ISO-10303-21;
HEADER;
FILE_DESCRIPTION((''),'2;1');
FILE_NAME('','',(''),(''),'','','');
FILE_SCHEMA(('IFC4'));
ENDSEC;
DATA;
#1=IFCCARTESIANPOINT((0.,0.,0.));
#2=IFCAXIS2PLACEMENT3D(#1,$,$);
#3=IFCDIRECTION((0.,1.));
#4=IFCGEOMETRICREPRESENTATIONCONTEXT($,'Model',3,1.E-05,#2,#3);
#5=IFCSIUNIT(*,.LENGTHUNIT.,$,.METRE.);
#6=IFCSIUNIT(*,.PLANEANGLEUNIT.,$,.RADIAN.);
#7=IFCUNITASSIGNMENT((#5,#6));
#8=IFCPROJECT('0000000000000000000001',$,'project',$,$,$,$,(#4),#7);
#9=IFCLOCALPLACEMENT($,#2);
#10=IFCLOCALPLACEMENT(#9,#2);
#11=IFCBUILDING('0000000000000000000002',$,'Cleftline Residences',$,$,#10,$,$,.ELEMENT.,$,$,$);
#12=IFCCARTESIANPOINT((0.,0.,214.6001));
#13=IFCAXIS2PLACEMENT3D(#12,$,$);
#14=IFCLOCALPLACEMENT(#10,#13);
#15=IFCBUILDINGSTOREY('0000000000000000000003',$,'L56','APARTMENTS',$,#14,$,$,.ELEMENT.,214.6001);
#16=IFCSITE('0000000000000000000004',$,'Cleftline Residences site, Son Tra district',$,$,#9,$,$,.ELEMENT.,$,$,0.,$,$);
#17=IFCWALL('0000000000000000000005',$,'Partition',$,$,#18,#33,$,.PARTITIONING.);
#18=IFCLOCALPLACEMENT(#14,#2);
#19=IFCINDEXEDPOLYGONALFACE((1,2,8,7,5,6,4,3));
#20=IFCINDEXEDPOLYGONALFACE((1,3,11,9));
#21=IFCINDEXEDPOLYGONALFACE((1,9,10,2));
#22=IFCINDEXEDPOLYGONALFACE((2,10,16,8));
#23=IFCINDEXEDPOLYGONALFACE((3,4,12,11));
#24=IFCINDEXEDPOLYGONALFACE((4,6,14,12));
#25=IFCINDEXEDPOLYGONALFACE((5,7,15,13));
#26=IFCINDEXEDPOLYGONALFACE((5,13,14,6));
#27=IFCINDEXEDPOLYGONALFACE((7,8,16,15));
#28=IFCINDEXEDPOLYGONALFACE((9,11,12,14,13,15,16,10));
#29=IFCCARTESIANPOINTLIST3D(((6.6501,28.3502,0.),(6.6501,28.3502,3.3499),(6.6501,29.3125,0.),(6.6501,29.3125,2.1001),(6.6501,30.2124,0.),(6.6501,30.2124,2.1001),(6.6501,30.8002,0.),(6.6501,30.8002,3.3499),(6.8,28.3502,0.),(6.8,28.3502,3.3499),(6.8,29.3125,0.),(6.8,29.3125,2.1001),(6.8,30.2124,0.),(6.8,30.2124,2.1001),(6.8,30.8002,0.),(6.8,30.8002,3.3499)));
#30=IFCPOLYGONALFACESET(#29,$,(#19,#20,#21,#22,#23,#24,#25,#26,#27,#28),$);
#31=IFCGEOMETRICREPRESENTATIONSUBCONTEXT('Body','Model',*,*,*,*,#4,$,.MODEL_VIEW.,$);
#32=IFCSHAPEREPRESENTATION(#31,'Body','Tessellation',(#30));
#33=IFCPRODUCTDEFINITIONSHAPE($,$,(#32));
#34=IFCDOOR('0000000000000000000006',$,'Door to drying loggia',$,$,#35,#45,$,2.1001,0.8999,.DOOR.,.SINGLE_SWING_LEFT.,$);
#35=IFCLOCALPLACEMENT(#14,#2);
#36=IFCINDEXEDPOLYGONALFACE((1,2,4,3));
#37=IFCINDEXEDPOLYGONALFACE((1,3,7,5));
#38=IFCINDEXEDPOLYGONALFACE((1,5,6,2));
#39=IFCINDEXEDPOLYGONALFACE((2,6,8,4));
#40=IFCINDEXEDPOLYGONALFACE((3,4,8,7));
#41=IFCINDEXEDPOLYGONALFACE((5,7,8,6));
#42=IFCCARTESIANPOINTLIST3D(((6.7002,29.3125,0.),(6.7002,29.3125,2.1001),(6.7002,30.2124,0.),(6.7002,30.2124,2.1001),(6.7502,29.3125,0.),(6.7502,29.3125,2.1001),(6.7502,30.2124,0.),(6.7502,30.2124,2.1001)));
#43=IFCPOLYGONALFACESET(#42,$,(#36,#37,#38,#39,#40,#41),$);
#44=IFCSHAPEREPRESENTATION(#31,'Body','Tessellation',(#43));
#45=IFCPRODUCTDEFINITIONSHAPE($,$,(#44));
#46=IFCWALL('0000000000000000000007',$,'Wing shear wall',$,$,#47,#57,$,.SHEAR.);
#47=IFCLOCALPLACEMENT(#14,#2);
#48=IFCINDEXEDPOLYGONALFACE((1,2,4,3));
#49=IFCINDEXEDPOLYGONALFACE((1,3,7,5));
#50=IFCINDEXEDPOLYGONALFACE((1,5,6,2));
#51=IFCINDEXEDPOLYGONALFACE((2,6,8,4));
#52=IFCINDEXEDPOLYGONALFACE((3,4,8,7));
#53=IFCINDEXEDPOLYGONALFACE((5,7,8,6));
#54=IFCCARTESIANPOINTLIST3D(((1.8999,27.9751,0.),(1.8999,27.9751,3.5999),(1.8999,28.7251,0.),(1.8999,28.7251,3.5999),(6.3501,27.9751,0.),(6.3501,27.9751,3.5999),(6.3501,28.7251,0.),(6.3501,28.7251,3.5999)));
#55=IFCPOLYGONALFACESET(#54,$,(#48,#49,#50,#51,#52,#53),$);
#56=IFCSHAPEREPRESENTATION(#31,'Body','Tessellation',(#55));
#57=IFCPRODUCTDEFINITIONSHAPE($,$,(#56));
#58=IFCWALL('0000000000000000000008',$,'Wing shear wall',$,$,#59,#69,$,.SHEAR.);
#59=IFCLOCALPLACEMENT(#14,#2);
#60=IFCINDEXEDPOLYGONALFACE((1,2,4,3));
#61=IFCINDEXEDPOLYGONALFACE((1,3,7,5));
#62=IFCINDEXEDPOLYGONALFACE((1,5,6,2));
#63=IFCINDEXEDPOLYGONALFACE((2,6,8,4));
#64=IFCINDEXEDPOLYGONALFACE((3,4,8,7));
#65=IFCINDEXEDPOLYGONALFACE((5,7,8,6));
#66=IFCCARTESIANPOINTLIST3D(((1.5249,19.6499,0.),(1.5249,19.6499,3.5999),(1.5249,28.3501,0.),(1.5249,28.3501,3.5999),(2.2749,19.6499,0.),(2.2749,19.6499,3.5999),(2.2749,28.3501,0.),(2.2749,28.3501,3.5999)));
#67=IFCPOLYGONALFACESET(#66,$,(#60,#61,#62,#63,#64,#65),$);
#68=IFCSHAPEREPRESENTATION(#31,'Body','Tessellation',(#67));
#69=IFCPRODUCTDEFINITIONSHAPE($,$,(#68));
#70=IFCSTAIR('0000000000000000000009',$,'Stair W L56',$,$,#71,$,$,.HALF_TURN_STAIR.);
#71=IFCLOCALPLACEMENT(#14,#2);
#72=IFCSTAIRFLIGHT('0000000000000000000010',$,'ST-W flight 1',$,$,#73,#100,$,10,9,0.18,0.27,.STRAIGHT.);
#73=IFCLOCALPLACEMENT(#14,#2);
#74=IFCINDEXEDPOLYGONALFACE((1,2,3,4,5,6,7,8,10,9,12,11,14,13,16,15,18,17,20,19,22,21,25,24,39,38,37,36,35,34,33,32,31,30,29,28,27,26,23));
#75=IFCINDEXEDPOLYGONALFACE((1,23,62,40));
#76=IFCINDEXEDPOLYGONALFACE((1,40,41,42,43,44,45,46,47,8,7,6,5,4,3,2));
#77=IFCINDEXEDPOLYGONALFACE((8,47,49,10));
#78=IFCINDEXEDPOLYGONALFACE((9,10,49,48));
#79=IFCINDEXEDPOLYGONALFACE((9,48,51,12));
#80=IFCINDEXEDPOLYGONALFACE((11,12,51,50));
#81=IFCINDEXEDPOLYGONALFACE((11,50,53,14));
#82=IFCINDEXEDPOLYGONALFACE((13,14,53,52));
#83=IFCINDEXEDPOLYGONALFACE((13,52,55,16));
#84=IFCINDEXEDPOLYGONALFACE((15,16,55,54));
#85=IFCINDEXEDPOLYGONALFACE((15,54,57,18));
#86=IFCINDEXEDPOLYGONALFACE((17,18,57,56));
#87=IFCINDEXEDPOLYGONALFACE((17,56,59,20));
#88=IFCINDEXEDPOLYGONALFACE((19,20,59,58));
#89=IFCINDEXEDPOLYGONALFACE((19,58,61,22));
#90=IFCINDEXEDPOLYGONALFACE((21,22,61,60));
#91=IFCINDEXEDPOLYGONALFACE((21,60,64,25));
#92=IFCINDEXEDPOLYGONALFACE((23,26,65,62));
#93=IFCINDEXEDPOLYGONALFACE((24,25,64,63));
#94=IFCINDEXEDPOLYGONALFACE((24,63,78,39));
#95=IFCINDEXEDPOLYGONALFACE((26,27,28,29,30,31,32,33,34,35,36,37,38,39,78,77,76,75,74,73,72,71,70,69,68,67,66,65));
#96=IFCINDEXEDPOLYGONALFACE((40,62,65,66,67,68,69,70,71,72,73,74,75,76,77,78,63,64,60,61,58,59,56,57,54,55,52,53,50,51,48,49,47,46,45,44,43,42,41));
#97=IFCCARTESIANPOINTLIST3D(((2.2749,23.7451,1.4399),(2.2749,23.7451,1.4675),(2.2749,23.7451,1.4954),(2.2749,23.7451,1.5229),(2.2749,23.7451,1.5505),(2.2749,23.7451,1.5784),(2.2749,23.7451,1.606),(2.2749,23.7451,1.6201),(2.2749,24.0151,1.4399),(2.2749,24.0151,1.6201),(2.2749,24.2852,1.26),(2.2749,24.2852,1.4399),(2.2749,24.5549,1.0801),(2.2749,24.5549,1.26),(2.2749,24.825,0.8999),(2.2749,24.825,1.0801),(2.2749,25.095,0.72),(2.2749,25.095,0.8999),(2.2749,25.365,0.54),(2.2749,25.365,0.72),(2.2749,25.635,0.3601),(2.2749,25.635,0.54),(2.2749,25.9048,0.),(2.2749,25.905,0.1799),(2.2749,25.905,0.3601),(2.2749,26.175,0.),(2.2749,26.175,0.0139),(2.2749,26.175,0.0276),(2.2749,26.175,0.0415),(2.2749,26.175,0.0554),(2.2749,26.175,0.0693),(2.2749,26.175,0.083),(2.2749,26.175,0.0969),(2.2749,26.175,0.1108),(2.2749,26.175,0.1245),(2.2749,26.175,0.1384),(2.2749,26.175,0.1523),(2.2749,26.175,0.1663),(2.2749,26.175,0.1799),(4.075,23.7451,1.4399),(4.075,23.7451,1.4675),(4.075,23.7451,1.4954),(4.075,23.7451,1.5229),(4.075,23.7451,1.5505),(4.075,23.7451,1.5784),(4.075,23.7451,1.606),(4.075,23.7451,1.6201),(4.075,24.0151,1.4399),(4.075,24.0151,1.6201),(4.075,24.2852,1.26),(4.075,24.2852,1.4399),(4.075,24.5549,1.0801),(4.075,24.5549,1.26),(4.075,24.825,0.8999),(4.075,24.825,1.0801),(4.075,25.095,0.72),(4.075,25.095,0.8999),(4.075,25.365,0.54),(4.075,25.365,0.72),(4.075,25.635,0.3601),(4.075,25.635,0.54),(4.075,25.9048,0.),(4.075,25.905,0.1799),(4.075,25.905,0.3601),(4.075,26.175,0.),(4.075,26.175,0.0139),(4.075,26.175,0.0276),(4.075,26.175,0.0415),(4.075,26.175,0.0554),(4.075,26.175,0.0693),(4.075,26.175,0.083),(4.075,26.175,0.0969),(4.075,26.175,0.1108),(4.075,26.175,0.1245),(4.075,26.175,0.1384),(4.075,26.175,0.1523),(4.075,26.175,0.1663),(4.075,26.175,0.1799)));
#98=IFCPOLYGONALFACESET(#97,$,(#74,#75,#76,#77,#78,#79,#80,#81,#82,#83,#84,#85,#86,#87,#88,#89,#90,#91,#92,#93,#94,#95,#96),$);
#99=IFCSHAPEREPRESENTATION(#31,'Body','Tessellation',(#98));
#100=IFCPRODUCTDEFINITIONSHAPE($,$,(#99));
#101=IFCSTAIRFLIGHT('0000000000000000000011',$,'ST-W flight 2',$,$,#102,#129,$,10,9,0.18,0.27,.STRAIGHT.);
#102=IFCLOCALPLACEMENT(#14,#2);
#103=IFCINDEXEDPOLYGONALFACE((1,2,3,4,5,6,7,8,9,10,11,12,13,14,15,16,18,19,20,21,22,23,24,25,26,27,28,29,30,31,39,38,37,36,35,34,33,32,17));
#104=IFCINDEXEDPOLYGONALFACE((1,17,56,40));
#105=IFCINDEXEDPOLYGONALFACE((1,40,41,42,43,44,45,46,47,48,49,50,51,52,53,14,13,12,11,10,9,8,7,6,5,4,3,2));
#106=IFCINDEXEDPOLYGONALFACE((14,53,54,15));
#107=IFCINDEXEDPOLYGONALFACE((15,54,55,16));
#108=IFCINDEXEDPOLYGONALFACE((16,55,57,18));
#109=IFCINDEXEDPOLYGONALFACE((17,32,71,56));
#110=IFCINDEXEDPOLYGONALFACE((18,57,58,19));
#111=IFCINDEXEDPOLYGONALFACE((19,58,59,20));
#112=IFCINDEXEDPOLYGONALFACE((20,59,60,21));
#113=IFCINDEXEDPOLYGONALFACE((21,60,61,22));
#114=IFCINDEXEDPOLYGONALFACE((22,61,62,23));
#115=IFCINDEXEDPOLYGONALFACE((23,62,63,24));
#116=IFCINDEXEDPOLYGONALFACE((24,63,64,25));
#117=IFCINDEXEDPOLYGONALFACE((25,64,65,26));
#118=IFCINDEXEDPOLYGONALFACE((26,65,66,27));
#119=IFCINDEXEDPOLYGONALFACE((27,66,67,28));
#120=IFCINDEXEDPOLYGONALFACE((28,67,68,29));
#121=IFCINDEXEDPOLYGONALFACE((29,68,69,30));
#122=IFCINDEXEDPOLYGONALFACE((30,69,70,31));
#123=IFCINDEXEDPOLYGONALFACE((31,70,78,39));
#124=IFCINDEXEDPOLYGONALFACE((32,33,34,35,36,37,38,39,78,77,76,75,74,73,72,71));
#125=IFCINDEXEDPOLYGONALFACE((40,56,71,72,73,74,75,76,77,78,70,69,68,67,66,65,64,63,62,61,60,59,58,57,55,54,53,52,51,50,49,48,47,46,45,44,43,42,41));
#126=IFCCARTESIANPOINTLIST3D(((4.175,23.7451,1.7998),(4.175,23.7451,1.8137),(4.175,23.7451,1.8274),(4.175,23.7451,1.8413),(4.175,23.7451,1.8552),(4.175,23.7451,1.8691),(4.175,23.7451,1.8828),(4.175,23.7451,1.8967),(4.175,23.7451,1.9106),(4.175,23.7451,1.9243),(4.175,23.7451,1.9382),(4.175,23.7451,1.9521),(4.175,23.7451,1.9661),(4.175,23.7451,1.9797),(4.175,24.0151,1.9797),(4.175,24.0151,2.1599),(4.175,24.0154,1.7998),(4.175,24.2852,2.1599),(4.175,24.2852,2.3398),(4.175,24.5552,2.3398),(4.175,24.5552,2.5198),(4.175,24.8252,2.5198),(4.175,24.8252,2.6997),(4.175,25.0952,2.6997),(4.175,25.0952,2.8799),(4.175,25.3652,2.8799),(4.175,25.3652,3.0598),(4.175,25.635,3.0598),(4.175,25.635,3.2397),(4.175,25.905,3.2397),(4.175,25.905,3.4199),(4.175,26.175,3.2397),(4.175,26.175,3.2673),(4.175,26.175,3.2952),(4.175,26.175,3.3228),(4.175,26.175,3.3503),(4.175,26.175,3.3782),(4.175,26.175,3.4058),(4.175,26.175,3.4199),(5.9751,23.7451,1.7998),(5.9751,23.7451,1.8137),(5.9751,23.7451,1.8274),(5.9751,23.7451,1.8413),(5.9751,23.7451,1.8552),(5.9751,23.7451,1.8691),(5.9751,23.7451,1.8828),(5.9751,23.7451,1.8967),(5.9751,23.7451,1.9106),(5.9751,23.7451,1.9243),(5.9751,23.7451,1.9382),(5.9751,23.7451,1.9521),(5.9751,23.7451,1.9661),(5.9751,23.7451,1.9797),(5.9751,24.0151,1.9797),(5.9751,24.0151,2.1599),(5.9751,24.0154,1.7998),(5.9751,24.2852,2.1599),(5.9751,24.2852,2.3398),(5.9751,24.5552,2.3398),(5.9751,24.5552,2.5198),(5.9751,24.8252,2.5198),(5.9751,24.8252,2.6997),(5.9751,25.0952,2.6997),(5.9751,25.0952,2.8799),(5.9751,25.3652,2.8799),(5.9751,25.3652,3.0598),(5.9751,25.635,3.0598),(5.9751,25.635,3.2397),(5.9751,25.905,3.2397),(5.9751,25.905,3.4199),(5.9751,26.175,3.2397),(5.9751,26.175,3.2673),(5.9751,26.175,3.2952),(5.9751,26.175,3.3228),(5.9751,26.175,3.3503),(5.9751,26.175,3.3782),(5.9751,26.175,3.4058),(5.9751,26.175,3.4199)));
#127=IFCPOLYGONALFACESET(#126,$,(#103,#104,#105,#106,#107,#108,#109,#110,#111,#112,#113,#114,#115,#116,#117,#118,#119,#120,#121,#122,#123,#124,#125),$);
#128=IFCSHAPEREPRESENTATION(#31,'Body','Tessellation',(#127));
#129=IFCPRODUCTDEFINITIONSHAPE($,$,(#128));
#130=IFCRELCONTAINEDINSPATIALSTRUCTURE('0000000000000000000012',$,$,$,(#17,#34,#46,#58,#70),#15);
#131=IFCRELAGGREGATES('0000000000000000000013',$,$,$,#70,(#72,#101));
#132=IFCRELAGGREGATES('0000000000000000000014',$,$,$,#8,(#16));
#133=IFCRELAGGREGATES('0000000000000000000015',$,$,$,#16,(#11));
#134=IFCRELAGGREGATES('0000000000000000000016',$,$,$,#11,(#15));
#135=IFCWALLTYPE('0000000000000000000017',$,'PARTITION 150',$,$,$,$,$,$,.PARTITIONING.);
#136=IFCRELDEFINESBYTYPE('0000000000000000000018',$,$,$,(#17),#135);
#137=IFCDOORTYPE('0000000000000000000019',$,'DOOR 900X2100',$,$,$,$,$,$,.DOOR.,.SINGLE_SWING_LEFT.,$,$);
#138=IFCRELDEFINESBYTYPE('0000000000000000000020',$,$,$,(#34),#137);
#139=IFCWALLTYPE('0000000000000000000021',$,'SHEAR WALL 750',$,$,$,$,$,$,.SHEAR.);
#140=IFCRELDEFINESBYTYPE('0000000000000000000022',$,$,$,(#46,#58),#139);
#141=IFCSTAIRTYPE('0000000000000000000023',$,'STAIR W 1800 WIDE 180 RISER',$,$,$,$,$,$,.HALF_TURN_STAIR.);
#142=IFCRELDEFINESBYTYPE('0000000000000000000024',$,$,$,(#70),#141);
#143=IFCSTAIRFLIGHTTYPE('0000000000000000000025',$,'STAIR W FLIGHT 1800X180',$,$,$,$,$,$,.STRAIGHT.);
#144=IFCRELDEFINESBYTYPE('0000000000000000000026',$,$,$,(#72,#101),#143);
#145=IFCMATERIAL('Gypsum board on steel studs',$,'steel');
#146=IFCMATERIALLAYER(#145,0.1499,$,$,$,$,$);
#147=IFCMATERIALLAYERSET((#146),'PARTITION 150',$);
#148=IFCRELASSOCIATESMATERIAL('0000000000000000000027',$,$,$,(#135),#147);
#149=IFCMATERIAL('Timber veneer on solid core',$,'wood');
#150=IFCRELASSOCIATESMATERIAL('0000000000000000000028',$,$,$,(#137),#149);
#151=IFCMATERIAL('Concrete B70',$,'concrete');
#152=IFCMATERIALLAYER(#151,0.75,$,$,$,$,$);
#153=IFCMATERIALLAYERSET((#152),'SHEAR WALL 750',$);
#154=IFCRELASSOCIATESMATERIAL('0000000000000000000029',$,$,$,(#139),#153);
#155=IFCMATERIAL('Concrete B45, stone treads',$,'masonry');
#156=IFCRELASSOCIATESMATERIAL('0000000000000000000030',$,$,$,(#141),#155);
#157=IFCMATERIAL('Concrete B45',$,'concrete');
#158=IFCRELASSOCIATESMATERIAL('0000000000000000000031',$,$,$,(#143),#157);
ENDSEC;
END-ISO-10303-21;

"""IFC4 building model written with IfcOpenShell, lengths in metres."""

from ifc_helpers import new_model, si_unit, direction, frame, frame_2d, origin, place, context, subcontext, project, spatial, polyline, rectangle, outline, extrude, material, layer, layer_set, type_object, element, fill, aggregate, save


model = new_model("IFC4")

# Units and contexts
model_context = context("Model", 3, precision=1e-05, world=origin(), true_north=direction((0.0, 1.0)))
body_context = subcontext(model_context, "Body", "Model", "MODEL_VIEW")
ifc_project = project(units=[si_unit("LENGTHUNIT", "METRE"), si_unit("PLANEANGLEUNIT", "RADIAN")], contexts=[model_context])

# Site, building, storey
site_placement = place(None, origin())
site = spatial("IfcSite", under=ifc_project, at=site_placement, Name="Cleftline Residences site, Son Tra district", CompositionType="ELEMENT", RefElevation=0.0)
building_placement = place(site_placement, origin())
building = spatial("IfcBuilding", under=site, at=building_placement, Name="Cleftline Residences", CompositionType="ELEMENT")
storey_placement = place(building_placement, frame((0.0, 0.0, 214.6001)))
storey = spatial("IfcBuildingStorey", under=building, at=storey_placement, Name="L56", Description="APARTMENTS", CompositionType="ELEMENT", Elevation=214.6001)

# Wall, opening, door
ifc_material_1 = material(Name="Gypsum board on steel studs", Category="steel")
ifc_layer_1 = layer(ifc_material_1, 0.1499)
ifc_layer_set_1 = layer_set([ifc_layer_1], Name="PARTITION 150")
wall_type_1 = type_object("IfcWallType", Name="PARTITION 150", PredefinedType="PARTITIONING", material=ifc_layer_set_1)
wall_1_placement = place(storey_placement, frame((6.7251, 28.3501, 0.0), z_axis=(0.0, 0.0, 1.0), x_axis=(0.0, 1.0, 0.0)))
wall_1 = element("IfcWall", 1, at=wall_1_placement, inside=storey, type_object=wall_type_1, Name="Partition", PredefinedType="PARTITIONING", context=body_context, shape_type="SweptSolid", body=[
    extrude(rectangle(XDim=2.45, YDim=0.1499, at=frame_2d((1.2251, 0.0))), origin(), (0.0, 0.0, 1.0), 3.3499),
])
opening_1_placement = place(wall_1_placement, frame((0.9624, 0.0, 0.0)))
opening_1 = element("IfcOpeningElement", 2, at=opening_1_placement, cuts=wall_1, PredefinedType="OPENING", context=body_context, shape_type="SweptSolid", body=[
    extrude(rectangle(XDim=0.8999, YDim=2.1001, at=frame_2d((0.45, 1.05))), frame((0.0, 0.085, 0.0), z_axis=(0.0, -1.0, 0.0), x_axis=(1.0, 0.0, 0.0)), (0.0, 0.0, 1.0), 0.1699),
])
ifc_material_2 = material(Name="Timber veneer on solid core", Category="wood")
door_type_1 = type_object("IfcDoorType", Name="DOOR 900X2100", OperationType="SINGLE_SWING_LEFT", PredefinedType="DOOR", material=ifc_material_2)
door_1_placement = place(opening_1_placement, origin())
door_1 = element("IfcDoor", 3, at=door_1_placement, inside=storey, type_object=door_type_1, Name="Door to drying loggia", OperationType="SINGLE_SWING_LEFT", OverallHeight=2.1001, OverallWidth=0.8999, PredefinedType="DOOR", context=body_context, shape_type="SweptSolid", body=[
    extrude(rectangle(XDim=0.8999, YDim=2.1001, at=frame_2d((0.45, 1.05))), frame((0.0, 0.0249, 0.0), z_axis=(0.0, -1.0, 0.0), x_axis=(1.0, 0.0, 0.0)), (0.0, 0.0, 1.0), 0.05),
])
fill(opening_1, door_1)

# Walls
ifc_material_3 = material(Name="Concrete B70", Category="concrete")
ifc_layer_2 = layer(ifc_material_3, 0.75)
ifc_layer_set_2 = layer_set([ifc_layer_2], Name="SHEAR WALL 750")
wall_type_2 = type_object("IfcWallType", Name="SHEAR WALL 750", PredefinedType="SHEAR", material=ifc_layer_set_2)
wall_2_placement = place(storey_placement, frame((6.3501, 28.3501, 0.0), z_axis=(0.0, 0.0, 1.0), x_axis=(-1.0, 0.0, 0.0)))
element("IfcWall", 4, at=wall_2_placement, inside=storey, type_object=wall_type_2, Name="Wing shear wall", PredefinedType="SHEAR", context=body_context, shape_type="SweptSolid", body=[
    extrude(rectangle(XDim=4.4502, YDim=0.75, at=frame_2d((2.2251, 0.0))), origin(), (0.0, 0.0, 1.0), 3.5999),
])
wall_3_placement = place(storey_placement, frame((1.8999, 28.3501, 0.0), z_axis=(0.0, 0.0, 1.0), x_axis=(0.0, -1.0, 0.0)))
element("IfcWall", 5, at=wall_3_placement, inside=storey, type_object=wall_type_2, Name="Wing shear wall", PredefinedType="SHEAR", context=body_context, shape_type="SweptSolid", body=[
    extrude(rectangle(XDim=8.7002, YDim=0.75, at=frame_2d((4.3501, 0.0))), origin(), (0.0, 0.0, 1.0), 3.5999),
])

# Stair, stair flights
ifc_material_4 = material(Name="Concrete B45, stone treads", Category="masonry")
stair_type = type_object("IfcStairType", Name="STAIR W 1800 WIDE 180 RISER", PredefinedType="HALF_TURN_STAIR", material=ifc_material_4)
stair_placement = place(storey_placement, origin())
stair = element("IfcStair", 6, at=stair_placement, inside=storey, type_object=stair_type, Name="Stair W L56", PredefinedType="HALF_TURN_STAIR")
ifc_material_5 = material(Name="Concrete B45", Category="concrete")
stair_flight_type = type_object("IfcStairFlightType", Name="STAIR W FLIGHT 1800X180", PredefinedType="STRAIGHT", material=ifc_material_5)
stair_flight_1_placement = place(storey_placement, frame((3.175, 26.175, 0.0), z_axis=(0.0, 0.0, 1.0), x_axis=(0.0, -1.0, 0.0)))
stair_flight_1 = element("IfcStairFlight", 7, at=stair_flight_1_placement, type_object=stair_flight_type, Name="ST-W flight 1", NumberOfRisers=10, NumberOfTreads=9, PredefinedType="STRAIGHT", RiserHeight=0.18, TreadLength=0.27, context=body_context, shape_type="SweptSolid", body=[
    extrude(outline(polyline([(0.0, 0.0), (0.0, 0.0139), (0.0, 0.0276), (0.0, 0.0415), (0.0, 0.0554), (0.0, 0.0693), (0.0, 0.083), (0.0, 0.0969), (0.0, 0.1108), (0.0, 0.1245), (0.0, 0.1384), (0.0, 0.1523), (0.0, 0.1663), (0.0, 0.1799), (0.27, 0.1799), (0.27, 0.3601), (0.54, 0.3601), (0.54, 0.54), (0.8101, 0.54), (0.8101, 0.72), (1.0801, 0.72), (1.0801, 0.8999), (1.3501, 0.8999), (1.3501, 1.0801), (1.6201, 1.0801), (1.6201, 1.26), (1.8899, 1.26), (1.8899, 1.4399), (2.1599, 1.4399), (2.1599, 1.6201), (2.4299, 1.6201), (2.4299, 1.8), (2.4299, 1.7722), (2.4299, 1.7446), (2.4299, 1.7168), (2.4299, 1.6892), (2.4299, 1.6614), (2.4299, 1.6338), (2.4299, 1.606), (2.4299, 1.5784), (2.4299, 1.5505), (2.4299, 1.5229), (2.4299, 1.4954), (2.4299, 1.4675), (2.4299, 1.4399), (0.2703, 0.0), (0.0, 0.0)])), frame((0.0, 0.8999, 0.0), z_axis=(0.0, -1.0, 0.0), x_axis=(1.0, 0.0, 0.0)), (0.0, 0.0, 1.0), 1.8),
])
stair_flight_2_placement = place(storey_placement, frame((5.075, 23.7451, 1.7998), z_axis=(0.0, 0.0, 1.0), x_axis=(0.0, 1.0, 0.0)))
stair_flight_2 = element("IfcStairFlight", 8, at=stair_flight_2_placement, type_object=stair_flight_type, Name="ST-W flight 2", NumberOfRisers=10, NumberOfTreads=9, PredefinedType="STRAIGHT", RiserHeight=0.18, TreadLength=0.27, context=body_context, shape_type="SweptSolid", body=[
    extrude(outline(polyline([(0.0, 0.0), (0.0, 0.0139), (0.0, 0.0276), (0.0, 0.0415), (0.0, 0.0554), (0.0, 0.0693), (0.0, 0.083), (0.0, 0.0969), (0.0, 0.1108), (0.0, 0.1245), (0.0, 0.1384), (0.0, 0.1523), (0.0, 0.1663), (0.0, 0.1799), (0.27, 0.1799), (0.27, 0.3601), (0.54, 0.3601), (0.54, 0.54), (0.8101, 0.54), (0.8101, 0.72), (1.0801, 0.72), (1.0801, 0.8999), (1.3501, 0.8999), (1.3501, 1.0801), (1.6201, 1.0801), (1.6201, 1.26), (1.8899, 1.26), (1.8899, 1.4399), (2.1599, 1.4399), (2.1599, 1.6201), (2.4299, 1.6201), (2.4299, 1.8), (2.4299, 1.7722), (2.4299, 1.7446), (2.4299, 1.7168), (2.4299, 1.6892), (2.4299, 1.6614), (2.4299, 1.6338), (2.4299, 1.606), (2.4299, 1.5784), (2.4299, 1.5505), (2.4299, 1.5229), (2.4299, 1.4954), (2.4299, 1.4675), (2.4299, 1.4399), (0.2703, 0.0), (0.0, 0.0)])), frame((0.0, 0.8999, 0.0), z_axis=(0.0, -1.0, 0.0), x_axis=(1.0, 0.0, 0.0)), (0.0, 0.0, 1.0), 1.8),
])
aggregate(stair, [stair_flight_1, stair_flight_2])

save(model, "model.ifc")
